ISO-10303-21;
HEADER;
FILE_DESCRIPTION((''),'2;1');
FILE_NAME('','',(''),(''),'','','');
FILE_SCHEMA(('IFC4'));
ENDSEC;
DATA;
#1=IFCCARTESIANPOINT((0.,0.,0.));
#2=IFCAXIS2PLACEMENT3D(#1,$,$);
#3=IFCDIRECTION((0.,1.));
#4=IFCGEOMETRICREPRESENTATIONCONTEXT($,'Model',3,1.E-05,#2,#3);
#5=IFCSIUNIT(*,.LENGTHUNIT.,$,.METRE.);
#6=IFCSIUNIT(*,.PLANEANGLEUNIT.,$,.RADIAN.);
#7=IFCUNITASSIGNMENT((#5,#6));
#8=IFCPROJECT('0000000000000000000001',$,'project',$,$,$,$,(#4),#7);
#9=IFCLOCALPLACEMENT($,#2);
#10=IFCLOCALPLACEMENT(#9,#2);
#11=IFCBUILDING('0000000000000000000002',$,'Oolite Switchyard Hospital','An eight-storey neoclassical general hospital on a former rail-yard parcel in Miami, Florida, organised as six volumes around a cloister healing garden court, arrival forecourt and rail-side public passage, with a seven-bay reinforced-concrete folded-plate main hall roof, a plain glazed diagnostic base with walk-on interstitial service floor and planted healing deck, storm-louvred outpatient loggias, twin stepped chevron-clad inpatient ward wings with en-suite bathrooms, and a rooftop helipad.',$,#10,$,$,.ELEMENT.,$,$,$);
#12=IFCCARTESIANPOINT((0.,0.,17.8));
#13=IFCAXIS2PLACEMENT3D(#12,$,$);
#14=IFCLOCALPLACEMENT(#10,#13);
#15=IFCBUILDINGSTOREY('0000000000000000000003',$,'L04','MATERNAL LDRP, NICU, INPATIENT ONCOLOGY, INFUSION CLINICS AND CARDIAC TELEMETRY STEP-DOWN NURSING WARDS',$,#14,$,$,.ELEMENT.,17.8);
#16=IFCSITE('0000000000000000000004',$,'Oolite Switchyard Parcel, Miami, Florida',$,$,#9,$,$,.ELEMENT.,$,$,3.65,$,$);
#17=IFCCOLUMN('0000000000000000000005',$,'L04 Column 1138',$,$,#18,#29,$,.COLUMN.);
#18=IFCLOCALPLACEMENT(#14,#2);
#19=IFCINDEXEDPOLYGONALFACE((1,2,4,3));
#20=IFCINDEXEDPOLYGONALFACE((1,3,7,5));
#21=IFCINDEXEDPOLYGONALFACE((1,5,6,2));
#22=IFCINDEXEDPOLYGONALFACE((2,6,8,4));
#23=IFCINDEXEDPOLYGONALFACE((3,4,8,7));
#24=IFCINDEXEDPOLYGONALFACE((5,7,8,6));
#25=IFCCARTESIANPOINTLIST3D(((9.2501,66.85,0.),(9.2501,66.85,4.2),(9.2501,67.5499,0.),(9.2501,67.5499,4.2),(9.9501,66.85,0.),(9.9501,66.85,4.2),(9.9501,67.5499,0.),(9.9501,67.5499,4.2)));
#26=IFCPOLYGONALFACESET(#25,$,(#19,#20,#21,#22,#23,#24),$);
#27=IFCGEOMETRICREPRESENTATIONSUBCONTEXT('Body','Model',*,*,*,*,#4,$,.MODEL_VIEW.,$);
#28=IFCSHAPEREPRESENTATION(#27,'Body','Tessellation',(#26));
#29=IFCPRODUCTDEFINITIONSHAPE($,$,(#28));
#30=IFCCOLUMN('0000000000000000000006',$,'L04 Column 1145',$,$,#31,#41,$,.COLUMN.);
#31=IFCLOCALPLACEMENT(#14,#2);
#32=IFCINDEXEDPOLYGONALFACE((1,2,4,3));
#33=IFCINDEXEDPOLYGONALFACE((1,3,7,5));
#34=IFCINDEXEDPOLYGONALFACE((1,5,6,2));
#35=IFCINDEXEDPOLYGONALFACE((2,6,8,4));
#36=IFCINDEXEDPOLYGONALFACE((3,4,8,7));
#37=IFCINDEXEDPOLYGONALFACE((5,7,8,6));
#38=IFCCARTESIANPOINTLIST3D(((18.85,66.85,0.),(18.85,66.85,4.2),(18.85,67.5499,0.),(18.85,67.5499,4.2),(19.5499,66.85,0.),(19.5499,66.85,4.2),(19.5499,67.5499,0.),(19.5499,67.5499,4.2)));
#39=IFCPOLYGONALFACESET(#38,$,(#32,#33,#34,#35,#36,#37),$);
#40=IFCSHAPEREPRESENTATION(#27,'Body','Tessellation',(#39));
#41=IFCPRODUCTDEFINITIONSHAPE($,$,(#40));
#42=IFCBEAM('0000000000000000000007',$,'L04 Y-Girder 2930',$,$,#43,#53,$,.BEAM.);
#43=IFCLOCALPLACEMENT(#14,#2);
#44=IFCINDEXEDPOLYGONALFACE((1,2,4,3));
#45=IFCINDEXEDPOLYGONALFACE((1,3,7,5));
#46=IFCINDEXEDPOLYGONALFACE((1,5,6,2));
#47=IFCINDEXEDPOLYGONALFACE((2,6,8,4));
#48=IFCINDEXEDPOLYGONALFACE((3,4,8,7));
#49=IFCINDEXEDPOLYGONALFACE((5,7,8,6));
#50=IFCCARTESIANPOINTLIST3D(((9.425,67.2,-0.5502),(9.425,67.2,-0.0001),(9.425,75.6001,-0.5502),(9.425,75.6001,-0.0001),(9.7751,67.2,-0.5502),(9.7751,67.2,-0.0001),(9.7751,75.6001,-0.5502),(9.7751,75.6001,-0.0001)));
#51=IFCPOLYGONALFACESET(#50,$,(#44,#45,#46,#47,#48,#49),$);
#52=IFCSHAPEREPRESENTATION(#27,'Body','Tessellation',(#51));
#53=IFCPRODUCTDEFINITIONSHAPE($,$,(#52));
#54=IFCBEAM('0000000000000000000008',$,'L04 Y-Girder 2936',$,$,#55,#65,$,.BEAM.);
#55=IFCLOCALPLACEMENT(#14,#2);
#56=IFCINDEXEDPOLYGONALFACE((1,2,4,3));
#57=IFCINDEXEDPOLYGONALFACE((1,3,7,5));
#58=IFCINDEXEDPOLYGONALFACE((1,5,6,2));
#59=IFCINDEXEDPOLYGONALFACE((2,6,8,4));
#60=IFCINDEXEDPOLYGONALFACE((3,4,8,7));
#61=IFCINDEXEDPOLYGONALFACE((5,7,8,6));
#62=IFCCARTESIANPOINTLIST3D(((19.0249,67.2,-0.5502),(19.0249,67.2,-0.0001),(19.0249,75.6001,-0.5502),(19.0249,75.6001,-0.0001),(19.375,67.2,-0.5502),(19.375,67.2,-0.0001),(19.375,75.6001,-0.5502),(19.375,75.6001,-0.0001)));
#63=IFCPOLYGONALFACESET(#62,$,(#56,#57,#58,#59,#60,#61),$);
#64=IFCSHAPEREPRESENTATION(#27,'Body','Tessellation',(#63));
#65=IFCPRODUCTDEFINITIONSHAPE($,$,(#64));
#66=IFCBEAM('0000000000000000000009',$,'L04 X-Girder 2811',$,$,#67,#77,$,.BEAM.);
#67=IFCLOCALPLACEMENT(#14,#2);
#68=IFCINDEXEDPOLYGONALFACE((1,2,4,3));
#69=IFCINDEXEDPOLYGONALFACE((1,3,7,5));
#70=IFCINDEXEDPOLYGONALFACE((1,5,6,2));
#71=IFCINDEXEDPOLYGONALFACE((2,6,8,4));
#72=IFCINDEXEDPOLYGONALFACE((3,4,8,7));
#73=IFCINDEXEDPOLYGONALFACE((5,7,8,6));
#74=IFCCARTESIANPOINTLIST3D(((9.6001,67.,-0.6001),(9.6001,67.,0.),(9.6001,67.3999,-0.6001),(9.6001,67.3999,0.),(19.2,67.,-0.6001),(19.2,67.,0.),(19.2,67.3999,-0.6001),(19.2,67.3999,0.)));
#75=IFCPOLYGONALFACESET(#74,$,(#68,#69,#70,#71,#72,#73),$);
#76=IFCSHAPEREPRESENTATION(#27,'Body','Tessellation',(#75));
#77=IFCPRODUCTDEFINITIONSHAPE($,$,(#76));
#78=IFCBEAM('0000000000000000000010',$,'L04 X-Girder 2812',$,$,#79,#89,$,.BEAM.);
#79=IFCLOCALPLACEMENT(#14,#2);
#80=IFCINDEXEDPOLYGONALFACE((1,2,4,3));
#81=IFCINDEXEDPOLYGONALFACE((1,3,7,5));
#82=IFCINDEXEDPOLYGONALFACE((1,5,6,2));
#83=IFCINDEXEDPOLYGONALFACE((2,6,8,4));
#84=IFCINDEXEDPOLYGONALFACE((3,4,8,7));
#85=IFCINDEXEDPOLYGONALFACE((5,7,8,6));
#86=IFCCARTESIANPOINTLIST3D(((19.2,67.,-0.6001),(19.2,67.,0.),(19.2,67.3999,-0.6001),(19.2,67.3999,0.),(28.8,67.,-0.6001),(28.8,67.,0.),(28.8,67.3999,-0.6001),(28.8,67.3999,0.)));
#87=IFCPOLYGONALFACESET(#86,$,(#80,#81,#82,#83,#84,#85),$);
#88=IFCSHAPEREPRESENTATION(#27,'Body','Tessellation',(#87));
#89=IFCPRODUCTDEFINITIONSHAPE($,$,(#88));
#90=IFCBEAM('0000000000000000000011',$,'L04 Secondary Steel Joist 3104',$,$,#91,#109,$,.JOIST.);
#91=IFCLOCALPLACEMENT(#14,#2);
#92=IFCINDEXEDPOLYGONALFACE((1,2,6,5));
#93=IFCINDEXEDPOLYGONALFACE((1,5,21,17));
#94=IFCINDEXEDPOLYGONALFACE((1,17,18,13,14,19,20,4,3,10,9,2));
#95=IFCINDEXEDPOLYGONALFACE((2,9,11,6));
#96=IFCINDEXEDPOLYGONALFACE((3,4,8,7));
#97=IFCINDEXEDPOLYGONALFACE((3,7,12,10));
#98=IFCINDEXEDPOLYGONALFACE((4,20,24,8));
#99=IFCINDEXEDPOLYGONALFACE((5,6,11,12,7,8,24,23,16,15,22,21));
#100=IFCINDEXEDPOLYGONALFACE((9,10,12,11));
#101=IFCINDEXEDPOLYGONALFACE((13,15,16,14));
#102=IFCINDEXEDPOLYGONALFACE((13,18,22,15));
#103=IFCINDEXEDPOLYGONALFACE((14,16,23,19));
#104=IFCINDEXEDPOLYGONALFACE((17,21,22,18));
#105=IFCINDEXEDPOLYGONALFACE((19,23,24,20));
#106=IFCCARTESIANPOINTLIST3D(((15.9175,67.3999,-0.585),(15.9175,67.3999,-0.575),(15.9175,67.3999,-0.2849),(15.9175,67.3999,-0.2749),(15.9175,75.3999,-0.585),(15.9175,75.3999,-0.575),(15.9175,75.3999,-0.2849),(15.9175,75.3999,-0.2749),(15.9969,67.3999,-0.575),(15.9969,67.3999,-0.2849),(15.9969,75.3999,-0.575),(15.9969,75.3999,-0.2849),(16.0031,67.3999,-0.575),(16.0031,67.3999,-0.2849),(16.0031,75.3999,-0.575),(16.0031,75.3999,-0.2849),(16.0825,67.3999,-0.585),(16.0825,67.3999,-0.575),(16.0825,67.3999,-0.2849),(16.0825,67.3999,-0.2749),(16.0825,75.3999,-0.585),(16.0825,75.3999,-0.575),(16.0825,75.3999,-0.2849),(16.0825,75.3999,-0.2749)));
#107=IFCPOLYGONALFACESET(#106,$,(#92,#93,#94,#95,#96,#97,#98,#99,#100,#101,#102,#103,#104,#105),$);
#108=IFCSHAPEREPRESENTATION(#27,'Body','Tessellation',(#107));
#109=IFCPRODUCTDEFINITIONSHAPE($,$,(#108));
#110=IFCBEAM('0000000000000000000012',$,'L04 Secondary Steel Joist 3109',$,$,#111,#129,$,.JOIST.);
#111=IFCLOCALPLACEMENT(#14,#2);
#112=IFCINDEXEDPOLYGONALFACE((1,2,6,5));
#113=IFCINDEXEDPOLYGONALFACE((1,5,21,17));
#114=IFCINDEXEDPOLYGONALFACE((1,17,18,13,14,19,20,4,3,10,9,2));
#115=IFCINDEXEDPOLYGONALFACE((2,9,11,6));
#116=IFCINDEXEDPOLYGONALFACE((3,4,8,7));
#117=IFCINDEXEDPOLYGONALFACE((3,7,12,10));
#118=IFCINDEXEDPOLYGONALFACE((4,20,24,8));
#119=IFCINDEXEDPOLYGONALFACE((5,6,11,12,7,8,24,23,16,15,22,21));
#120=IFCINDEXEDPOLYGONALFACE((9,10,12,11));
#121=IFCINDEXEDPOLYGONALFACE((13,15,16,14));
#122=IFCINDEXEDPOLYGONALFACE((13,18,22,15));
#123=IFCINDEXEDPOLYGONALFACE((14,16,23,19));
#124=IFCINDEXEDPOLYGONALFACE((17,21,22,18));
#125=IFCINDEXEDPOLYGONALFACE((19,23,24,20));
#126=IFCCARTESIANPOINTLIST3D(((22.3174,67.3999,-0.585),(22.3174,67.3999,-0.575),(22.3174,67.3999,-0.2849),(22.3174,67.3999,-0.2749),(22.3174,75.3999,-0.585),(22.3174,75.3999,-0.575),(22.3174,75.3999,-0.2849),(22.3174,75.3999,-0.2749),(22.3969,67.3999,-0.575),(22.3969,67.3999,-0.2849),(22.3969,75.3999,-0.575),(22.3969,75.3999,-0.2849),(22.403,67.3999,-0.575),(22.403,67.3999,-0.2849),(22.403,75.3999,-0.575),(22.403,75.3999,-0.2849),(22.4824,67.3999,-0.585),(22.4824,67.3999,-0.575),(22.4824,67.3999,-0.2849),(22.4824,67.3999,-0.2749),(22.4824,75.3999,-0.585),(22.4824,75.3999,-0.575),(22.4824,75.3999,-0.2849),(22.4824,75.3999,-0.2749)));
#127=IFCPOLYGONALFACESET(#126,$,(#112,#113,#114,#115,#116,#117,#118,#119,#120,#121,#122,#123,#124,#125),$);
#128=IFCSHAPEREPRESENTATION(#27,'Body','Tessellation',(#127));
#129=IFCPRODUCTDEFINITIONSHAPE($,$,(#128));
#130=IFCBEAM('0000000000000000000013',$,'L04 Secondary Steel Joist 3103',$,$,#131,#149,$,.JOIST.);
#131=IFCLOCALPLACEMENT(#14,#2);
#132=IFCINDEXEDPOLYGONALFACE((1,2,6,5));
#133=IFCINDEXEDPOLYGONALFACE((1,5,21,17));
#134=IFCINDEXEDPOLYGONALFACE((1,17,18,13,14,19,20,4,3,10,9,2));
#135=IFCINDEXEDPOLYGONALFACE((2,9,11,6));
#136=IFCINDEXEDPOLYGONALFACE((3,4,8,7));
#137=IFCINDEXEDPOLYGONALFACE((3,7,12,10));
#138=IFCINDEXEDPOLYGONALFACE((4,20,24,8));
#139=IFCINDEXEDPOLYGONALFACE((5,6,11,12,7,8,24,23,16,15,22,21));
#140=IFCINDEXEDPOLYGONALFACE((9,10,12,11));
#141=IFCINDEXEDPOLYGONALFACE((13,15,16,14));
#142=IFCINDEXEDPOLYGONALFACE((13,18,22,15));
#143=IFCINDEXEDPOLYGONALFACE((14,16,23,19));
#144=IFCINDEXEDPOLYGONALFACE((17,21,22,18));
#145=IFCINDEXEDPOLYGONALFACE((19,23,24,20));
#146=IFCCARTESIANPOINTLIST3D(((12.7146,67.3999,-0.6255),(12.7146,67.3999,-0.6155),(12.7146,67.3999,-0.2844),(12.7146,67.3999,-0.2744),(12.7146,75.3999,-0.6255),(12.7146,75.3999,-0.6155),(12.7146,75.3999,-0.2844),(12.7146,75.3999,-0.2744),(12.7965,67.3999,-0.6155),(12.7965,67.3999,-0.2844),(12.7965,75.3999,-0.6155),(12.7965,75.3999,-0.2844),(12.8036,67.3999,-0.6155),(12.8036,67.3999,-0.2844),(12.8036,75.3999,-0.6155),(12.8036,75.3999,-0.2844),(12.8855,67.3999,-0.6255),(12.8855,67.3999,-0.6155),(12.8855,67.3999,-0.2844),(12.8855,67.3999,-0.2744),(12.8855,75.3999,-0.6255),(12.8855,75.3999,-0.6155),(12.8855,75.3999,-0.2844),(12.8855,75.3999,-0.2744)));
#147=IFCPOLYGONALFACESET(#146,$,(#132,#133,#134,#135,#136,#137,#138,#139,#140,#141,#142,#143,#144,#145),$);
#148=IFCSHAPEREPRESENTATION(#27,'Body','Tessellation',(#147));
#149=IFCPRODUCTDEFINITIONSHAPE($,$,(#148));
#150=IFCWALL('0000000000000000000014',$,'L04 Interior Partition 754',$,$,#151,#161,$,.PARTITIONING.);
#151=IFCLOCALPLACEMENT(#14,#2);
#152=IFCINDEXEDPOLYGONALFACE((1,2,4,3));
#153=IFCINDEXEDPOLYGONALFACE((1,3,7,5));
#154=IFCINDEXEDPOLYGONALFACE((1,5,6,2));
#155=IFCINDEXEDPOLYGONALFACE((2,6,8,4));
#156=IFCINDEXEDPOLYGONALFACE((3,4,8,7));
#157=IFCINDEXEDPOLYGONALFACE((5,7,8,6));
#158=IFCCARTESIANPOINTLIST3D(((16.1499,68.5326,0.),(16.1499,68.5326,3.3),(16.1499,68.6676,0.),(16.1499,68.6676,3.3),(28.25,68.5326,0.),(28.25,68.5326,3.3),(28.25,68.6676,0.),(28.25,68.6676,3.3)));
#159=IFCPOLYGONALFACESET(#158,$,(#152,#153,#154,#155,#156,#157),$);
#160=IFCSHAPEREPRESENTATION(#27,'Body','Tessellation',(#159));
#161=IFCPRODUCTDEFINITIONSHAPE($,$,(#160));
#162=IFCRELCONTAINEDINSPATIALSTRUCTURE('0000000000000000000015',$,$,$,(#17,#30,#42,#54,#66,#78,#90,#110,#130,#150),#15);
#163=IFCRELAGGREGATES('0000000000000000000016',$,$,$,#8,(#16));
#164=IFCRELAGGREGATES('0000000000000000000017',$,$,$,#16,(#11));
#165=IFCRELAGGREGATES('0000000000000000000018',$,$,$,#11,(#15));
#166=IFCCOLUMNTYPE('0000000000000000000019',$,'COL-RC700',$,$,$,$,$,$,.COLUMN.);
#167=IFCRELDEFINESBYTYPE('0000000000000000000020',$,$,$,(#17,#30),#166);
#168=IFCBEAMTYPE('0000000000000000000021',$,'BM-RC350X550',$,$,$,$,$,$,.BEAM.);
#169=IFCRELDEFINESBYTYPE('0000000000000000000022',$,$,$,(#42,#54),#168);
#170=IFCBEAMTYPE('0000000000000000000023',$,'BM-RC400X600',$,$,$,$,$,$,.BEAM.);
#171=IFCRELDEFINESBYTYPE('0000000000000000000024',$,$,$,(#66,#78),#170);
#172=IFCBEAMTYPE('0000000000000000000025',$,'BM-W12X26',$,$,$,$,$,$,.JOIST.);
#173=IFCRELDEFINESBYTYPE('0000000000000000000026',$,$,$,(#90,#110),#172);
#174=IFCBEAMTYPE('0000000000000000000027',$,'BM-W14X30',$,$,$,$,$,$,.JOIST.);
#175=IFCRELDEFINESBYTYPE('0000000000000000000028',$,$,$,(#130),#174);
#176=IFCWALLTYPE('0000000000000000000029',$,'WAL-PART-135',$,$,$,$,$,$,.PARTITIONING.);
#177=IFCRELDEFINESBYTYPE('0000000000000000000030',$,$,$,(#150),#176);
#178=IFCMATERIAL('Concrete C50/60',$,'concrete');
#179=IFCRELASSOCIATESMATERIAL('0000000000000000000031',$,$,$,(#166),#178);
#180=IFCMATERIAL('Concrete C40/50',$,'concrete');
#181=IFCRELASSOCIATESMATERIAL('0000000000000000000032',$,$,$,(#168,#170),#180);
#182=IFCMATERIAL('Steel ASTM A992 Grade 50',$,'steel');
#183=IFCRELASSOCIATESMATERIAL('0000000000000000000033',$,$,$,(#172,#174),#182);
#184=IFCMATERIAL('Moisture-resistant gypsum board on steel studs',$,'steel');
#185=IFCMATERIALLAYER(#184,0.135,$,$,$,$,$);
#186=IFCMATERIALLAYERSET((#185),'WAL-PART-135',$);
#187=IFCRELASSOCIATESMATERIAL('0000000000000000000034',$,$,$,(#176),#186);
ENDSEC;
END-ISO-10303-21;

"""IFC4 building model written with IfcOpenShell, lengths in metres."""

from ifc_helpers import new_model, si_unit, direction, frame, frame_2d, origin, origin_2d, place, context, subcontext, project, spatial, rectangle, i_section, extrude, material, layer, layer_set, material_profile, profile_set, type_object, element, save


model = new_model("IFC4")

# Units and contexts
model_context = context("Model", 3, precision=1e-05, world=origin(), true_north=direction((0.0, 1.0)))
body_context = subcontext(model_context, "Body", "Model", "MODEL_VIEW")
ifc_project = project(units=[si_unit("LENGTHUNIT", "METRE"), si_unit("PLANEANGLEUNIT", "RADIAN")], contexts=[model_context])

# Site, building, storey
site_placement = place(None, origin())
site = spatial("IfcSite", under=ifc_project, at=site_placement, Name="Oolite Switchyard Parcel, Miami, Florida", CompositionType="ELEMENT", RefElevation=3.65)
building_placement = place(site_placement, origin())
building = spatial("IfcBuilding", under=site, at=building_placement, Name="Oolite Switchyard Hospital", Description="An eight-storey neoclassical general hospital on a former rail-yard parcel in Miami, Florida, organised as six volumes around a cloister healing garden court, arrival forecourt and rail-side public passage, with a seven-bay reinforced-concrete folded-plate main hall roof, a plain glazed diagnostic base with walk-on interstitial service floor and planted healing deck, storm-louvred outpatient loggias, twin stepped chevron-clad inpatient ward wings with en-suite bathrooms, and a rooftop helipad.", CompositionType="ELEMENT")
storey_placement = place(building_placement, frame((0.0, 0.0, 17.8)))
storey = spatial("IfcBuildingStorey", under=building, at=storey_placement, Name="L04", Description="MATERNAL LDRP, NICU, INPATIENT ONCOLOGY, INFUSION CLINICS AND CARDIAC TELEMETRY STEP-DOWN NURSING WARDS", CompositionType="ELEMENT", Elevation=17.8)

# Columns
ifc_material_1 = material(Name="Concrete C50/60", Category="concrete")
ifc_material_profile_1 = material_profile(ifc_material_1, rectangle(XDim=0.7, YDim=0.7, at=origin_2d()), Name="RC700X700")
ifc_profile_set_1 = profile_set([ifc_material_profile_1], Name="Concrete C50/60")
column_type = type_object("IfcColumnType", Name="COL-RC700", PredefinedType="COLUMN", material=ifc_profile_set_1)
for number, where, z_axis, x_axis, name in (
    (1, (9.6001, 67.2, 0.0), (0.0, 0.0, 1.0), (1.0, 0.0, 0.0), "L04 Column 1138"),
    (2, (19.2, 67.2, 0.0), (0.0, 0.0, 1.0), (1.0, 0.0, 0.0), "L04 Column 1145"),
):
    element("IfcColumn", number, at=place(storey_placement, frame(where, z_axis=z_axis, x_axis=x_axis)), inside=storey, type_object=column_type, Name=name, PredefinedType="COLUMN", context=body_context, shape_type="SweptSolid", body=[
        extrude(rectangle(XDim=0.7, YDim=0.7, at=origin_2d()), origin(), (0.0, 0.0, 1.0), 4.2),
    ])

# Beams
ifc_material_2 = material(Name="Concrete C40/50", Category="concrete")
ifc_material_profile_2 = material_profile(ifc_material_2, rectangle(XDim=0.3501, YDim=0.55, at=origin_2d()), Name="RCB350X550")
ifc_profile_set_2 = profile_set([ifc_material_profile_2], Name="Concrete C40/50")
beam_type_1 = type_object("IfcBeamType", Name="BM-RC350X550", PredefinedType="BEAM", material=ifc_profile_set_2)
for number, where, z_axis, x_axis, name in (
    (3, (9.6001, 67.2, -0.2751), (0.0, 1.0, 0.0), (-1.0, 0.0, 0.0), "L04 Y-Girder 2930"),
    (4, (19.2, 67.2, -0.2751), (0.0, 1.0, 0.0), (-1.0, 0.0, 0.0), "L04 Y-Girder 2936"),
):
    element("IfcBeam", number, at=place(storey_placement, frame(where, z_axis=z_axis, x_axis=x_axis)), inside=storey, type_object=beam_type_1, Name=name, PredefinedType="BEAM", context=body_context, shape_type="SweptSolid", body=[
        extrude(rectangle(XDim=0.3501, YDim=0.55, at=origin_2d()), origin(), (0.0, 0.0, 1.0), 8.4001),
    ])
ifc_material_profile_3 = material_profile(ifc_material_2, rectangle(XDim=0.3999, YDim=0.6001, at=origin_2d()), Name="RCB400X600")
ifc_profile_set_3 = profile_set([ifc_material_profile_3], Name="Concrete C40/50")
beam_type_2 = type_object("IfcBeamType", Name="BM-RC400X600", PredefinedType="BEAM", material=ifc_profile_set_3)
beam_1_placement = place(storey_placement, frame((9.6001, 67.2, -0.3), z_axis=(1.0, 0.0, 0.0), x_axis=(0.0, 1.0, 0.0)))
element("IfcBeam", 5, at=beam_1_placement, inside=storey, type_object=beam_type_2, Name="L04 X-Girder 2811", PredefinedType="BEAM", context=body_context, shape_type="SweptSolid", body=[
    extrude(rectangle(XDim=0.3999, YDim=0.6001, at=origin_2d()), origin(), (0.0, 0.0, 1.0), 9.5999),
])
beam_2_placement = place(storey_placement, frame((19.2, 67.2, -0.3), z_axis=(1.0, 0.0, 0.0), x_axis=(0.0, 1.0, 0.0)))
element("IfcBeam", 6, at=beam_2_placement, inside=storey, type_object=beam_type_2, Name="L04 X-Girder 2812", PredefinedType="BEAM", context=body_context, shape_type="SweptSolid", body=[
    extrude(rectangle(XDim=0.3999, YDim=0.6001, at=origin_2d()), origin(), (0.0, 0.0, 1.0), 9.6001),
])
ifc_material_3 = material(Name="Steel ASTM A992 Grade 50", Category="steel")
ifc_material_profile_4 = material_profile(ifc_material_3, i_section(OverallWidth=0.165, OverallDepth=0.3101, WebThickness=0.0061, FlangeThickness=0.01, at=origin_2d()), Name="W12X26")
ifc_profile_set_4 = profile_set([ifc_material_profile_4], Name="Steel ASTM A992 Grade 50")
beam_type_3 = type_object("IfcBeamType", Name="BM-W12X26", PredefinedType="JOIST", material=ifc_profile_set_4)
for number, where, z_axis, x_axis, name in (
    (7, (16.0, 67.3999, -0.4299), (0.0, 1.0, 0.0), (-1.0, 0.0, 0.0), "L04 Secondary Steel Joist 3104"),
    (8, (22.3999, 67.3999, -0.4299), (0.0, 1.0, 0.0), (-1.0, 0.0, 0.0), "L04 Secondary Steel Joist 3109"),
):
    element("IfcBeam", number, at=place(storey_placement, frame(where, z_axis=z_axis, x_axis=x_axis)), inside=storey, type_object=beam_type_3, Name=name, PredefinedType="JOIST", context=body_context, shape_type="SweptSolid", body=[
        extrude(i_section(OverallWidth=0.165, OverallDepth=0.3101, WebThickness=0.0061, FlangeThickness=0.01, at=origin_2d()), origin(), (0.0, 0.0, 1.0), 8.0),
    ])
ifc_material_profile_5 = material_profile(ifc_material_3, i_section(OverallWidth=0.1709, OverallDepth=0.3511, WebThickness=0.0071, FlangeThickness=0.01, at=origin_2d()), Name="W14X30")
ifc_profile_set_5 = profile_set([ifc_material_profile_5], Name="Steel ASTM A992 Grade 50")
beam_type_4 = type_object("IfcBeamType", Name="BM-W14X30", PredefinedType="JOIST", material=ifc_profile_set_5)
beam_3_placement = place(storey_placement, frame((12.8, 67.3999, -0.45), z_axis=(0.0, 1.0, 0.0), x_axis=(-1.0, 0.0, 0.0)))
element("IfcBeam", 9, at=beam_3_placement, inside=storey, type_object=beam_type_4, Name="L04 Secondary Steel Joist 3103", PredefinedType="JOIST", context=body_context, shape_type="SweptSolid", body=[
    extrude(i_section(OverallWidth=0.1709, OverallDepth=0.3511, WebThickness=0.0071, FlangeThickness=0.01, at=origin_2d()), origin(), (0.0, 0.0, 1.0), 8.0),
])

# Wall
ifc_material_4 = material(Name="Moisture-resistant gypsum board on steel studs", Category="steel")
ifc_layer_1 = layer(ifc_material_4, 0.135)
ifc_layer_set_1 = layer_set([ifc_layer_1], Name="WAL-PART-135")
wall_type_1 = type_object("IfcWallType", Name="WAL-PART-135", PredefinedType="PARTITIONING", material=ifc_layer_set_1)
wall_1_placement = place(storey_placement, frame((16.1499, 68.6001, 0.0), z_axis=(0.0, 0.0, 1.0), x_axis=(1.0, 0.0, 0.0)))
element("IfcWall", 10, at=wall_1_placement, inside=storey, type_object=wall_type_1, Name="L04 Interior Partition 754", PredefinedType="PARTITIONING", context=body_context, shape_type="SweptSolid", body=[
    extrude(rectangle(XDim=12.1001, YDim=0.135, at=frame_2d((6.05, 0.0))), origin(), (0.0, 0.0, 1.0), 3.3),
])

save(model, "model.ifc")
